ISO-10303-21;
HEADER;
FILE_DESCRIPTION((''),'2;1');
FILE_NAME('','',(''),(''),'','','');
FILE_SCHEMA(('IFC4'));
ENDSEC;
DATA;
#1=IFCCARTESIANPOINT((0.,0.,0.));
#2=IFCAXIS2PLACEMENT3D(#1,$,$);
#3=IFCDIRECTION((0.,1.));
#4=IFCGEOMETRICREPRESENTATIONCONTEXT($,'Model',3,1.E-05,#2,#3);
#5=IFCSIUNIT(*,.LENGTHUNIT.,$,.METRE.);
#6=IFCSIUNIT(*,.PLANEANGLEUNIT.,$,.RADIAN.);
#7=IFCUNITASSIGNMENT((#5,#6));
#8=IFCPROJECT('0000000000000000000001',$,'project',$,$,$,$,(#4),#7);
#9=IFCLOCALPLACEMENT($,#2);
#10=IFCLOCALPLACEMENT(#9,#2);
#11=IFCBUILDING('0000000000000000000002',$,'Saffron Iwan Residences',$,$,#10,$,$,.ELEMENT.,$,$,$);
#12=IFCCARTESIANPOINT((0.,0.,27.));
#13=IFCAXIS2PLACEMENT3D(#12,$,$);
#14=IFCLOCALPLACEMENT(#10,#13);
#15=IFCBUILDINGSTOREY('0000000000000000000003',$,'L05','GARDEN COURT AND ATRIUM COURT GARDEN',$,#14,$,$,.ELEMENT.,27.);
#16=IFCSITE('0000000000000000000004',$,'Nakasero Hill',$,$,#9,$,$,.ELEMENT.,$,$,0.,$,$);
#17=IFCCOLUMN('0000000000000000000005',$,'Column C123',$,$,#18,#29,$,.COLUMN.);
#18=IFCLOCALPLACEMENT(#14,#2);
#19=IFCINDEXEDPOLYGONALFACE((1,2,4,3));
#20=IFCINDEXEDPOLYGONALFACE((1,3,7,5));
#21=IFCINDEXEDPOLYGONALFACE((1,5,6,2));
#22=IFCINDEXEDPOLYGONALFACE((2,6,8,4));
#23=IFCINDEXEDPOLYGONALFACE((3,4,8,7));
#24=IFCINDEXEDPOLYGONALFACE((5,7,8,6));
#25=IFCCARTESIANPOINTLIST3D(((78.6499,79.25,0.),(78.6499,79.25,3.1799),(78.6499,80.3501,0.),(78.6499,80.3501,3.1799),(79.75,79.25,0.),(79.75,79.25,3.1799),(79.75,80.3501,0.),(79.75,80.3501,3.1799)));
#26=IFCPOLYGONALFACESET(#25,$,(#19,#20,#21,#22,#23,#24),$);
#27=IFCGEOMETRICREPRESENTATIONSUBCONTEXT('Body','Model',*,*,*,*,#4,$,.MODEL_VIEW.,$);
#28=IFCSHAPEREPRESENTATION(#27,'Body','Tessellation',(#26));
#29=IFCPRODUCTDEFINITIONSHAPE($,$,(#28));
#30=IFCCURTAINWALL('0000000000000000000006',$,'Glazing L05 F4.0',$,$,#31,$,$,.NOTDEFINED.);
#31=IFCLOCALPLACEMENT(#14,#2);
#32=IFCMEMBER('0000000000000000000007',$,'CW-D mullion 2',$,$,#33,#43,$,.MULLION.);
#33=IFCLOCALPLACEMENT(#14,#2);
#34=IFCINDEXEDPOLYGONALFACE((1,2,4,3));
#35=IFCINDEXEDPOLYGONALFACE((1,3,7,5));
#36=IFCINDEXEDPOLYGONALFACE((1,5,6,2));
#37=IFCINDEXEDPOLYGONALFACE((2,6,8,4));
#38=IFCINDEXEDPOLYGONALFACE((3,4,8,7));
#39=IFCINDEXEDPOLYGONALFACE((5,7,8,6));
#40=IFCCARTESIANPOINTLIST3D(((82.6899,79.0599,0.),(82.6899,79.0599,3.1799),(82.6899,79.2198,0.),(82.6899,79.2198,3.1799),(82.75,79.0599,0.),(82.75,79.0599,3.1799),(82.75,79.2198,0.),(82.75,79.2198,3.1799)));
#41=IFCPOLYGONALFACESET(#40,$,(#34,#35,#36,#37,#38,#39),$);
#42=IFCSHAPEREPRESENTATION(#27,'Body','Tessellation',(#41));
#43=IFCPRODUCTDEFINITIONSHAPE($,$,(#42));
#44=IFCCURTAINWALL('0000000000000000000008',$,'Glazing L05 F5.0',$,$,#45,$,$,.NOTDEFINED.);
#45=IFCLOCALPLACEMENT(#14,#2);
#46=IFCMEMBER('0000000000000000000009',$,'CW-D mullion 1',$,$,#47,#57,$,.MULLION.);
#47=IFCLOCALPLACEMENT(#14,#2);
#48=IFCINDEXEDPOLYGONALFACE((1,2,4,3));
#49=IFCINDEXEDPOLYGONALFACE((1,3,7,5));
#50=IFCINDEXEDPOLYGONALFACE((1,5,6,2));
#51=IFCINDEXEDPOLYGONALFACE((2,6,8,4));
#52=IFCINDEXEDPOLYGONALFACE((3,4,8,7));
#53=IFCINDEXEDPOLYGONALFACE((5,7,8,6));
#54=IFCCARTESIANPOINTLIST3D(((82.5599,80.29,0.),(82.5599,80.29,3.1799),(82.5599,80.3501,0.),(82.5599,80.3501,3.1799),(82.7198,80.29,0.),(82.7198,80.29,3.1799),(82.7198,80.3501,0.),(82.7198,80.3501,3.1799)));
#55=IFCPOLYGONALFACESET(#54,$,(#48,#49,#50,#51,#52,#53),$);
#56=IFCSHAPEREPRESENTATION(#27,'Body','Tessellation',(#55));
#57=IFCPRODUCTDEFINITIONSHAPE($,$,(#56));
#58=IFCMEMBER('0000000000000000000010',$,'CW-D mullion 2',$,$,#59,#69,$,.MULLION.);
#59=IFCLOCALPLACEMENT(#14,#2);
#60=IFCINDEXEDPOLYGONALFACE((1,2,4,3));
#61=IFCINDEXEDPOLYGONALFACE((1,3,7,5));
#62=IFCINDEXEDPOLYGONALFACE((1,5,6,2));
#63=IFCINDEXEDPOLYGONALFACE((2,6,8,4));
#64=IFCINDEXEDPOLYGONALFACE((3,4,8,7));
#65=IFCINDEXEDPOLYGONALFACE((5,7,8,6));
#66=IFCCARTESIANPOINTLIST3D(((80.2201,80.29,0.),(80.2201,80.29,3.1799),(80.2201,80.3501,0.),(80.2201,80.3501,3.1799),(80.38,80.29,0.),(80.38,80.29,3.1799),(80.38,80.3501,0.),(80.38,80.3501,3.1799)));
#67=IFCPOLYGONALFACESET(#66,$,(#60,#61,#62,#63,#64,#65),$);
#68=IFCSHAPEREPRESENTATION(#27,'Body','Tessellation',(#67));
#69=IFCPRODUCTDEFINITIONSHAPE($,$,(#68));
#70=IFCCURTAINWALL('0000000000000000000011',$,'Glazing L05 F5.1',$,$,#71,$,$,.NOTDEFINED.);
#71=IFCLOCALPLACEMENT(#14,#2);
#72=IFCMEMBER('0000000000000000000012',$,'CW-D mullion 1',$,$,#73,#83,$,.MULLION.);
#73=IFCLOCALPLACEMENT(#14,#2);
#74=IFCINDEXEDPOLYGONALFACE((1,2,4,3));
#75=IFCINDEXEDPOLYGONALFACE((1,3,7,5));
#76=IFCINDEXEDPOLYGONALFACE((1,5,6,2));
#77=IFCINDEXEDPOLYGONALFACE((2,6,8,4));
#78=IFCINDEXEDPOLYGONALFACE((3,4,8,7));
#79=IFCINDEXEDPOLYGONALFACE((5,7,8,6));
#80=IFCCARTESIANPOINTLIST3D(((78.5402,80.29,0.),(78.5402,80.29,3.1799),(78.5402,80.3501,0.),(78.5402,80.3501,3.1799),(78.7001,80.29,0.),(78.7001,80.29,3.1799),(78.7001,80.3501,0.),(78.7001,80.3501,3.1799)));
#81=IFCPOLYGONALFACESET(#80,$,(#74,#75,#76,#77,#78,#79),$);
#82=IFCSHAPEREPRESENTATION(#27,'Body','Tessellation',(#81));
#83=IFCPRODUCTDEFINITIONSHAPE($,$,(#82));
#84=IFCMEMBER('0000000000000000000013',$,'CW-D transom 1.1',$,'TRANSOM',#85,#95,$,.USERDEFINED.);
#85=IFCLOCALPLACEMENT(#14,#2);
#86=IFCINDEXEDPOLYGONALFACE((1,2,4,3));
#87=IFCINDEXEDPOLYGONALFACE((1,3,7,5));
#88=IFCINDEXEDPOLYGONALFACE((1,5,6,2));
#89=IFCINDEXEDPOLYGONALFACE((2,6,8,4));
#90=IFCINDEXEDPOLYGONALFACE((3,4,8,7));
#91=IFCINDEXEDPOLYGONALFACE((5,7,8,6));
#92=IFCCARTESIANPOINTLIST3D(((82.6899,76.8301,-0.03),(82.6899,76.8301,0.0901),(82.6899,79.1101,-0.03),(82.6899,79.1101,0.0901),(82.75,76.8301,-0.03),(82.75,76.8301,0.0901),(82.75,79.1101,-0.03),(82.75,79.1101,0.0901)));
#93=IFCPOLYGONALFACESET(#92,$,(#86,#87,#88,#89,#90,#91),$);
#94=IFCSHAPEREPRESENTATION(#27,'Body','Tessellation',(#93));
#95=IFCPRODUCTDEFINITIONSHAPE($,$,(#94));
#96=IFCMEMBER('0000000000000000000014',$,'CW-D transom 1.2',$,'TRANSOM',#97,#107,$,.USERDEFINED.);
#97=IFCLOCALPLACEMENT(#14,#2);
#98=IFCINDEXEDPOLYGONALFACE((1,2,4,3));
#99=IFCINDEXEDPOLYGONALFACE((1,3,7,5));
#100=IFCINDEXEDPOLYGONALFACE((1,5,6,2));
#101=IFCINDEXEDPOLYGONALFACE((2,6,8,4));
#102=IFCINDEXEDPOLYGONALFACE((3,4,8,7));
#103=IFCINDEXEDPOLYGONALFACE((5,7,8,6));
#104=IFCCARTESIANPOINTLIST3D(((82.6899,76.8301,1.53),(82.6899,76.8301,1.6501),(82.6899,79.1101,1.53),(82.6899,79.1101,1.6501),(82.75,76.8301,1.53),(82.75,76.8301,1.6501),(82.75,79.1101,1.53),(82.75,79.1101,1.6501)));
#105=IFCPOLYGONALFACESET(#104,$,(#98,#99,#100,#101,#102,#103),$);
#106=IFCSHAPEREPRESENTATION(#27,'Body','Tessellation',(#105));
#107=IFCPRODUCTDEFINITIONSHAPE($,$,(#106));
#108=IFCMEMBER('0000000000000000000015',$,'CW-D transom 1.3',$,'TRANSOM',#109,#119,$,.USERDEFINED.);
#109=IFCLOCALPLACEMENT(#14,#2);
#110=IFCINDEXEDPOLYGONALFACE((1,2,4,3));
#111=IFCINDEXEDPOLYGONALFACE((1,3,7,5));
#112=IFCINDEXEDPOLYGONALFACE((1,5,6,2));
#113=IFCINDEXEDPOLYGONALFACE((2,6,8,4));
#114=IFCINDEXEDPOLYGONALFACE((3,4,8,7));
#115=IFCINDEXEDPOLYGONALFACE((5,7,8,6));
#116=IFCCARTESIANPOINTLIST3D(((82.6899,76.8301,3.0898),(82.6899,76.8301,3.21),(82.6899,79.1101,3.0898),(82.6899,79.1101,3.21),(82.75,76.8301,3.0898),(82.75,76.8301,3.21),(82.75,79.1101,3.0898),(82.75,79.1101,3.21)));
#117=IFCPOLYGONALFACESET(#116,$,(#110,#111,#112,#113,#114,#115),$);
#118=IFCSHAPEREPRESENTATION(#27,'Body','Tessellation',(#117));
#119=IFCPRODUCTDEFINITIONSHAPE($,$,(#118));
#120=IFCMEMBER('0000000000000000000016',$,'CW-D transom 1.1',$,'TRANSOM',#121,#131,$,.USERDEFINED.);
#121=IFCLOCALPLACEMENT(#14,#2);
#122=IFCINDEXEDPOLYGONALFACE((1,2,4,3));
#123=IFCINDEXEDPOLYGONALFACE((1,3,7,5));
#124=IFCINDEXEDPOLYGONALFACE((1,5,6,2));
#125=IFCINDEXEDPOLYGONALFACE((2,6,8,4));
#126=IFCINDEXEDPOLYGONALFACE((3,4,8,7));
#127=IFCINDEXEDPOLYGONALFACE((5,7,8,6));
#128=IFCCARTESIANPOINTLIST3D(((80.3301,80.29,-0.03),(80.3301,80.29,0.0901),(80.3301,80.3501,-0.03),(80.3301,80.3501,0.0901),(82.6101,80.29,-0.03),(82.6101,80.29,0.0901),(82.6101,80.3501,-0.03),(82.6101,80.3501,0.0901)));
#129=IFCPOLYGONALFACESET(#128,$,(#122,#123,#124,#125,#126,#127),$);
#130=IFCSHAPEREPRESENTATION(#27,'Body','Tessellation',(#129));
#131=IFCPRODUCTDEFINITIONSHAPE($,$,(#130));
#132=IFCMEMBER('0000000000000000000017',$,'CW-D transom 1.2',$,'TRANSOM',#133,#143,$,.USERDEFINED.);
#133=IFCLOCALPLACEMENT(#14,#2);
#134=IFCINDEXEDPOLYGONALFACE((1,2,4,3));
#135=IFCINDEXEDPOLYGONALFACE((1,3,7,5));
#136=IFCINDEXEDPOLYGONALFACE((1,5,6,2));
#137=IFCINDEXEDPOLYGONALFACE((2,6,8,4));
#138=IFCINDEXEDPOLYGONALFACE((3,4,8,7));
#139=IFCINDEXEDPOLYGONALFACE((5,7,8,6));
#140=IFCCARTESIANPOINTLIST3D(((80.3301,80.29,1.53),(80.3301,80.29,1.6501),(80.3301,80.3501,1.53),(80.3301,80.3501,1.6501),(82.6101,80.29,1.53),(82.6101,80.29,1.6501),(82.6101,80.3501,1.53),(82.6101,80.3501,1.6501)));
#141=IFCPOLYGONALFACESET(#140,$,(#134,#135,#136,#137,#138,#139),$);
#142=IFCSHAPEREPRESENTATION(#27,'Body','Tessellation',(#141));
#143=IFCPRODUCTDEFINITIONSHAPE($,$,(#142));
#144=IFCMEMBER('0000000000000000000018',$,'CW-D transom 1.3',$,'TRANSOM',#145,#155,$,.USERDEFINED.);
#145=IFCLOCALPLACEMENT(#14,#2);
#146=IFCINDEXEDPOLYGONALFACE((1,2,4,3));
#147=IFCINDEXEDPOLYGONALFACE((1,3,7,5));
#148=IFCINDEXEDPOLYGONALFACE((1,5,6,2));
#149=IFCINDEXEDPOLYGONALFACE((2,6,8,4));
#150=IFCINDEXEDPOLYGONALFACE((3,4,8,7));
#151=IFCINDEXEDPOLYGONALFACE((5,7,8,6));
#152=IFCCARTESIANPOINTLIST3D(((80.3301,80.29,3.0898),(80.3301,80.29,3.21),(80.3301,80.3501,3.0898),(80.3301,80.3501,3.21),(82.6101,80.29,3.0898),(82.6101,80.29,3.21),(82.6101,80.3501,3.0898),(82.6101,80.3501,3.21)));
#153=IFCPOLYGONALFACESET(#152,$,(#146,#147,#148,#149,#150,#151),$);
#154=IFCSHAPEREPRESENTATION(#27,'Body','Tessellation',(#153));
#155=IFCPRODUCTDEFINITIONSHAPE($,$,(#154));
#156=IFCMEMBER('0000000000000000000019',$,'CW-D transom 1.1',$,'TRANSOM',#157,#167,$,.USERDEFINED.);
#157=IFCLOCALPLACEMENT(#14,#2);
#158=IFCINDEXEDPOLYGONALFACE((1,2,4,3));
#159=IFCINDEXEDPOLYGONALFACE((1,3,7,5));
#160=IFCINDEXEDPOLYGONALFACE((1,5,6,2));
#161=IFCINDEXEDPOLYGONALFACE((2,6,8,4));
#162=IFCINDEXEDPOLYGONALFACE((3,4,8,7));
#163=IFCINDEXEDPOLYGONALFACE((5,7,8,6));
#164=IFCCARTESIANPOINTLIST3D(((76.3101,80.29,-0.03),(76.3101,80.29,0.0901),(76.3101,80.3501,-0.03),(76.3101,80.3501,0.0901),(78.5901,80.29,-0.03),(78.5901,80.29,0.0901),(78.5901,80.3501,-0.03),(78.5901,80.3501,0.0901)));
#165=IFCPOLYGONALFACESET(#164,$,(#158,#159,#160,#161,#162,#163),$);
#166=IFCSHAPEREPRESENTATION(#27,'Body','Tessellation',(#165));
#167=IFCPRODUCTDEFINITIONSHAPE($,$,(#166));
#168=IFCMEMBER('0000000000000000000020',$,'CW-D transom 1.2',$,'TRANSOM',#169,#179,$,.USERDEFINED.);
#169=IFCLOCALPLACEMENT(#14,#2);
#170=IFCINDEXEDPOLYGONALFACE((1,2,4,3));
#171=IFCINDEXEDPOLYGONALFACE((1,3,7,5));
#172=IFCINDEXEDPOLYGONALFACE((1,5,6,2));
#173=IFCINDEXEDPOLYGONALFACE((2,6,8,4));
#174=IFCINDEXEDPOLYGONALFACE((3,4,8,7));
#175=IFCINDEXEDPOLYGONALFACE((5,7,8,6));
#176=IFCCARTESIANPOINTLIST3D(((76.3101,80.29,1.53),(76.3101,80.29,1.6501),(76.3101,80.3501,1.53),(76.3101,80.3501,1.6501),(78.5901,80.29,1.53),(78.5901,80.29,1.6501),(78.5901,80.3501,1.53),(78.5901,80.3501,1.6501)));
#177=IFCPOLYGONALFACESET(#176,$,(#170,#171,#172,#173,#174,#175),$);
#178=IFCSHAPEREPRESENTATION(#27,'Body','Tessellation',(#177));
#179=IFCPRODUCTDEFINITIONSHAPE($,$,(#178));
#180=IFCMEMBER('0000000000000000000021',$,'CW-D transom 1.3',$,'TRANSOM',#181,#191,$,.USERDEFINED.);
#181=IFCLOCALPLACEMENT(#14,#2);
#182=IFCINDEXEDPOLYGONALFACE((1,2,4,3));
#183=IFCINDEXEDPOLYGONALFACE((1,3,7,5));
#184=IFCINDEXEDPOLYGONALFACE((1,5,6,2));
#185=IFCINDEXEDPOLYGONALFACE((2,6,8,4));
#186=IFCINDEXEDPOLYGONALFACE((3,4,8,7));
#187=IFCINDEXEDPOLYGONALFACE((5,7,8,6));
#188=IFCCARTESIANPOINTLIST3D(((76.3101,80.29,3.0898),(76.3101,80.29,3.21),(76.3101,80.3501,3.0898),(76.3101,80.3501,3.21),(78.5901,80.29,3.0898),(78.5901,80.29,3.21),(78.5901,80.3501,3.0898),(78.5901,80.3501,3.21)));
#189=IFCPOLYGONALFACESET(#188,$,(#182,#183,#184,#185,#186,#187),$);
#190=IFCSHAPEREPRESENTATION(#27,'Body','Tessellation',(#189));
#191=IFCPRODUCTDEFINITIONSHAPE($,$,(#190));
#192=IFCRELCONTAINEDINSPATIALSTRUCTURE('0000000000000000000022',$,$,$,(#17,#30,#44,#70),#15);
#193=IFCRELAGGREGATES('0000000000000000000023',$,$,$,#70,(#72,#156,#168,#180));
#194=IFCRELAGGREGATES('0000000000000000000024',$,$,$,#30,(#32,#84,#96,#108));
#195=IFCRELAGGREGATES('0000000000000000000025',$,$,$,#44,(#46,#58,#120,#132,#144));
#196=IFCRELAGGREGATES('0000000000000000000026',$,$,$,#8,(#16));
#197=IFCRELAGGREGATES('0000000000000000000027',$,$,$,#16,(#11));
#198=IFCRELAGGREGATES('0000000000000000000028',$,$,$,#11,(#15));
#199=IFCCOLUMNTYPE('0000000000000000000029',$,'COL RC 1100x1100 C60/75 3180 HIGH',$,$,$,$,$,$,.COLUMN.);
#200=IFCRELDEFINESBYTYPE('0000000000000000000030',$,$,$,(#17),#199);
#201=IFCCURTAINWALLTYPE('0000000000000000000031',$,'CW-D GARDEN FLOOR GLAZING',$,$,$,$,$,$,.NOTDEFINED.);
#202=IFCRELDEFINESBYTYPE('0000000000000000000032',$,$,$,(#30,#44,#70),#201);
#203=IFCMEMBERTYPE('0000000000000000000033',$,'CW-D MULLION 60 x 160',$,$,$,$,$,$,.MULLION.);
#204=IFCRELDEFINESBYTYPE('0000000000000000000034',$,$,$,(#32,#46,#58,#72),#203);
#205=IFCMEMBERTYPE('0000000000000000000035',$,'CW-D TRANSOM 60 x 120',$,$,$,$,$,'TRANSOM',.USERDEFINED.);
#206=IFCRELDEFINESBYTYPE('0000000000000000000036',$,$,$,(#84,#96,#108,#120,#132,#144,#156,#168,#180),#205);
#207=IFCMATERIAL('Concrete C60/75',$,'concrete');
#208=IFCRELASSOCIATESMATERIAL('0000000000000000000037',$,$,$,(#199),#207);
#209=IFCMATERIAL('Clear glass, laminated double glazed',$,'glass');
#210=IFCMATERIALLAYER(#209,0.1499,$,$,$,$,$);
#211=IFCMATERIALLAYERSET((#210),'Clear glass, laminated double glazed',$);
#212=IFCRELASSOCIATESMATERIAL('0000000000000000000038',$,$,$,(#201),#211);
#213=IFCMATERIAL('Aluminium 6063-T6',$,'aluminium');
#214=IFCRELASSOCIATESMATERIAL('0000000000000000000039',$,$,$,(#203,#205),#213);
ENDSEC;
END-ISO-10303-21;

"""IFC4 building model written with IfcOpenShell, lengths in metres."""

from ifc_helpers import new_model, si_unit, direction, frame, origin, origin_2d, place, context, subcontext, project, spatial, rectangle, extrude, source, transform, mapped, material, layer, layer_set, material_profile, profile_set, type_object, element, aggregate, save


model = new_model("IFC4")

# Units and contexts
model_context = context("Model", 3, precision=1e-05, world=origin(), true_north=direction((0.0, 1.0)))
body_context = subcontext(model_context, "Body", "Model", "MODEL_VIEW")
ifc_project = project(units=[si_unit("LENGTHUNIT", "METRE"), si_unit("PLANEANGLEUNIT", "RADIAN")], contexts=[model_context])

# Site, building, storey
site_placement = place(None, origin())
site = spatial("IfcSite", under=ifc_project, at=site_placement, Name="Nakasero Hill", CompositionType="ELEMENT", RefElevation=0.0)
building_placement = place(site_placement, origin())
building = spatial("IfcBuilding", under=site, at=building_placement, Name="Saffron Iwan Residences", CompositionType="ELEMENT")
storey_placement = place(building_placement, frame((0.0, 0.0, 27.0)))
storey = spatial("IfcBuildingStorey", under=building, at=storey_placement, Name="L05", Description="GARDEN COURT AND ATRIUM COURT GARDEN", CompositionType="ELEMENT", Elevation=27.0)

# Column
ifc_material_1 = material(Name="Concrete C60/75", Category="concrete")
ifc_material_profile_1 = material_profile(ifc_material_1, rectangle(XDim=1.1001, YDim=1.1001, at=origin_2d()), Name="RC 1100x1100")
ifc_profile_set_1 = profile_set([ifc_material_profile_1], Name="Concrete C60/75")
column_type = type_object("IfcColumnType", Name="COL RC 1100x1100 C60/75 3180 HIGH", PredefinedType="COLUMN", material=ifc_profile_set_1)
shared_shape_1 = source(origin(), body_context, "Body", "SweptSolid", [
    extrude(rectangle(XDim=1.1001, YDim=1.1001, at=origin_2d()), origin(), (0.0, 0.0, 1.0), 3.1799),
])
column_placement = place(storey_placement, frame((79.2, 79.8, 0.0), z_axis=(0.0, 0.0, 1.0), x_axis=(1.0, 0.0, 0.0)))
element("IfcColumn", 1, at=column_placement, inside=storey, type_object=column_type, Name="Column C123", PredefinedType="COLUMN", context=body_context, shape_type="MappedRepresentation", body=[
    mapped(shared_shape_1, transform((0.0, 0.0, 0.0))),
])

# Curtain wall, member
ifc_material_2 = material(Name="Clear glass, laminated double glazed", Category="glass")
ifc_layer_1 = layer(ifc_material_2, 0.1499)
ifc_layer_set_1 = layer_set([ifc_layer_1], Name="Clear glass, laminated double glazed")
curtain_wall_type = type_object("IfcCurtainWallType", Name="CW-D GARDEN FLOOR GLAZING", PredefinedType="NOTDEFINED", material=ifc_layer_set_1)
curtain_wall_1_placement = place(storey_placement, origin())
curtain_wall_1 = element("IfcCurtainWall", 2, at=curtain_wall_1_placement, inside=storey, type_object=curtain_wall_type, Name="Glazing L05 F4.0", PredefinedType="NOTDEFINED")
ifc_material_3 = material(Name="Aluminium 6063-T6", Category="aluminium")
ifc_material_profile_2 = material_profile(ifc_material_3, rectangle(XDim=0.0601, YDim=0.1599, at=origin_2d()), Name="CW-D MULLION 60 x 160")
ifc_profile_set_2 = profile_set([ifc_material_profile_2], Name="Aluminium 6063-T6")
member_type_1 = type_object("IfcMemberType", Name="CW-D MULLION 60 x 160", PredefinedType="MULLION", material=ifc_profile_set_2)
shared_shape_2 = source(origin(), body_context, "Body", "SweptSolid", [
    extrude(rectangle(XDim=0.0601, YDim=0.1599, at=origin_2d()), origin(), (0.0, 0.0, 1.0), 3.1799),
])
member_1_placement = place(storey_placement, frame((82.72, 79.1399, 0.0), z_axis=(0.0, 0.0, 1.0), x_axis=(-1.0, 0.0, 0.0)))
member_1 = element("IfcMember", 3, at=member_1_placement, type_object=member_type_1, Name="CW-D mullion 2", PredefinedType="MULLION", context=body_context, shape_type="MappedRepresentation", body=[
    mapped(shared_shape_2, transform((0.0, 0.0, 0.0))),
])

# Curtain wall, members
curtain_wall_2_placement = place(storey_placement, origin())
curtain_wall_2 = element("IfcCurtainWall", 4, at=curtain_wall_2_placement, inside=storey, type_object=curtain_wall_type, Name="Glazing L05 F5.0", PredefinedType="NOTDEFINED")
member_2_placement = place(storey_placement, frame((82.6399, 80.3201, 0.0), z_axis=(0.0, 0.0, 1.0), x_axis=(0.0, -1.0, 0.0)))
member_2 = element("IfcMember", 5, at=member_2_placement, type_object=member_type_1, Name="CW-D mullion 1", PredefinedType="MULLION", context=body_context, shape_type="MappedRepresentation", body=[
    mapped(shared_shape_2, transform((0.0, 0.0, 0.0))),
])
member_3_placement = place(storey_placement, frame((80.3, 80.3201, 0.0), z_axis=(0.0, 0.0, 1.0), x_axis=(0.0, -1.0, 0.0)))
member_3 = element("IfcMember", 6, at=member_3_placement, type_object=member_type_1, Name="CW-D mullion 2", PredefinedType="MULLION", context=body_context, shape_type="MappedRepresentation", body=[
    mapped(shared_shape_2, transform((0.0, 0.0, 0.0))),
])

# Curtain wall, member
curtain_wall_3_placement = place(storey_placement, origin())
curtain_wall_3 = element("IfcCurtainWall", 7, at=curtain_wall_3_placement, inside=storey, type_object=curtain_wall_type, Name="Glazing L05 F5.1", PredefinedType="NOTDEFINED")
member_4_placement = place(storey_placement, frame((78.6201, 80.3201, 0.0), z_axis=(0.0, 0.0, 1.0), x_axis=(0.0, -1.0, 0.0)))
member_4 = element("IfcMember", 8, at=member_4_placement, type_object=member_type_1, Name="CW-D mullion 1", PredefinedType="MULLION", context=body_context, shape_type="MappedRepresentation", body=[
    mapped(shared_shape_2, transform((0.0, 0.0, 0.0))),
])

# Members
ifc_material_profile_3 = material_profile(ifc_material_3, rectangle(XDim=0.0601, YDim=0.1201, at=origin_2d()), Name="CW-D TRANSOM 60 x 120")
ifc_profile_set_3 = profile_set([ifc_material_profile_3], Name="Aluminium 6063-T6")
member_type_2 = type_object("IfcMemberType", Name="CW-D TRANSOM 60 x 120", ElementType="TRANSOM", PredefinedType="USERDEFINED", material=ifc_profile_set_3)
shared_shape_3 = source(origin(), body_context, "Body", "SweptSolid", [
    extrude(rectangle(XDim=0.0601, YDim=0.1201, at=origin_2d()), origin(), (0.0, 0.0, 1.0), 2.28),
])
member_5_placement = place(storey_placement, frame((82.72, 76.8301, 0.03), z_axis=(0.0, 1.0, 0.0), x_axis=(-1.0, 0.0, 0.0)))
member_5 = element("IfcMember", 9, at=member_5_placement, type_object=member_type_2, Name="CW-D transom 1.1", ObjectType="TRANSOM", PredefinedType="USERDEFINED", context=body_context, shape_type="MappedRepresentation", body=[
    mapped(shared_shape_3, transform((0.0, 0.0, 0.0))),
])
member_6_placement = place(storey_placement, frame((82.72, 76.8301, 1.5901), z_axis=(0.0, 1.0, 0.0), x_axis=(-1.0, 0.0, 0.0)))
member_6 = element("IfcMember", 10, at=member_6_placement, type_object=member_type_2, Name="CW-D transom 1.2", ObjectType="TRANSOM", PredefinedType="USERDEFINED", context=body_context, shape_type="MappedRepresentation", body=[
    mapped(shared_shape_3, transform((0.0, 0.0, 0.0))),
])
member_7_placement = place(storey_placement, frame((82.72, 76.8301, 3.1499), z_axis=(0.0, 1.0, 0.0), x_axis=(-1.0, 0.0, 0.0)))
member_7 = element("IfcMember", 11, at=member_7_placement, type_object=member_type_2, Name="CW-D transom 1.3", ObjectType="TRANSOM", PredefinedType="USERDEFINED", context=body_context, shape_type="MappedRepresentation", body=[
    mapped(shared_shape_3, transform((0.0, 0.0, 0.0))),
])
member_8_placement = place(storey_placement, frame((82.6101, 80.3201, 0.03), z_axis=(-1.0, 0.0, 0.0), x_axis=(0.0, -1.0, 0.0)))
member_8 = element("IfcMember", 12, at=member_8_placement, type_object=member_type_2, Name="CW-D transom 1.1", ObjectType="TRANSOM", PredefinedType="USERDEFINED", context=body_context, shape_type="MappedRepresentation", body=[
    mapped(shared_shape_3, transform((0.0, 0.0, 0.0))),
])
member_9_placement = place(storey_placement, frame((82.6101, 80.3201, 1.5901), z_axis=(-1.0, 0.0, 0.0), x_axis=(0.0, -1.0, 0.0)))
member_9 = element("IfcMember", 13, at=member_9_placement, type_object=member_type_2, Name="CW-D transom 1.2", ObjectType="TRANSOM", PredefinedType="USERDEFINED", context=body_context, shape_type="MappedRepresentation", body=[
    mapped(shared_shape_3, transform((0.0, 0.0, 0.0))),
])
member_10_placement = place(storey_placement, frame((82.6101, 80.3201, 3.1499), z_axis=(-1.0, 0.0, 0.0), x_axis=(0.0, -1.0, 0.0)))
member_10 = element("IfcMember", 14, at=member_10_placement, type_object=member_type_2, Name="CW-D transom 1.3", ObjectType="TRANSOM", PredefinedType="USERDEFINED", context=body_context, shape_type="MappedRepresentation", body=[
    mapped(shared_shape_3, transform((0.0, 0.0, 0.0))),
])
member_11_placement = place(storey_placement, frame((78.5901, 80.3201, 0.03), z_axis=(-1.0, 0.0, 0.0), x_axis=(0.0, -1.0, 0.0)))
member_11 = element("IfcMember", 15, at=member_11_placement, type_object=member_type_2, Name="CW-D transom 1.1", ObjectType="TRANSOM", PredefinedType="USERDEFINED", context=body_context, shape_type="MappedRepresentation", body=[
    mapped(shared_shape_3, transform((0.0, 0.0, 0.0))),
])
member_12_placement = place(storey_placement, frame((78.5901, 80.3201, 1.5901), z_axis=(-1.0, 0.0, 0.0), x_axis=(0.0, -1.0, 0.0)))
member_12 = element("IfcMember", 16, at=member_12_placement, type_object=member_type_2, Name="CW-D transom 1.2", ObjectType="TRANSOM", PredefinedType="USERDEFINED", context=body_context, shape_type="MappedRepresentation", body=[
    mapped(shared_shape_3, transform((0.0, 0.0, 0.0))),
])
member_13_placement = place(storey_placement, frame((78.5901, 80.3201, 3.1499), z_axis=(-1.0, 0.0, 0.0), x_axis=(0.0, -1.0, 0.0)))
member_13 = element("IfcMember", 17, at=member_13_placement, type_object=member_type_2, Name="CW-D transom 1.3", ObjectType="TRANSOM", PredefinedType="USERDEFINED", context=body_context, shape_type="MappedRepresentation", body=[
    mapped(shared_shape_3, transform((0.0, 0.0, 0.0))),
])
aggregate(curtain_wall_3, [member_4, member_11, member_12, member_13])

aggregate(curtain_wall_1, [member_1, member_5, member_6, member_7])
aggregate(curtain_wall_2, [member_2, member_3, member_8, member_9, member_10])

save(model, "model.ifc")
